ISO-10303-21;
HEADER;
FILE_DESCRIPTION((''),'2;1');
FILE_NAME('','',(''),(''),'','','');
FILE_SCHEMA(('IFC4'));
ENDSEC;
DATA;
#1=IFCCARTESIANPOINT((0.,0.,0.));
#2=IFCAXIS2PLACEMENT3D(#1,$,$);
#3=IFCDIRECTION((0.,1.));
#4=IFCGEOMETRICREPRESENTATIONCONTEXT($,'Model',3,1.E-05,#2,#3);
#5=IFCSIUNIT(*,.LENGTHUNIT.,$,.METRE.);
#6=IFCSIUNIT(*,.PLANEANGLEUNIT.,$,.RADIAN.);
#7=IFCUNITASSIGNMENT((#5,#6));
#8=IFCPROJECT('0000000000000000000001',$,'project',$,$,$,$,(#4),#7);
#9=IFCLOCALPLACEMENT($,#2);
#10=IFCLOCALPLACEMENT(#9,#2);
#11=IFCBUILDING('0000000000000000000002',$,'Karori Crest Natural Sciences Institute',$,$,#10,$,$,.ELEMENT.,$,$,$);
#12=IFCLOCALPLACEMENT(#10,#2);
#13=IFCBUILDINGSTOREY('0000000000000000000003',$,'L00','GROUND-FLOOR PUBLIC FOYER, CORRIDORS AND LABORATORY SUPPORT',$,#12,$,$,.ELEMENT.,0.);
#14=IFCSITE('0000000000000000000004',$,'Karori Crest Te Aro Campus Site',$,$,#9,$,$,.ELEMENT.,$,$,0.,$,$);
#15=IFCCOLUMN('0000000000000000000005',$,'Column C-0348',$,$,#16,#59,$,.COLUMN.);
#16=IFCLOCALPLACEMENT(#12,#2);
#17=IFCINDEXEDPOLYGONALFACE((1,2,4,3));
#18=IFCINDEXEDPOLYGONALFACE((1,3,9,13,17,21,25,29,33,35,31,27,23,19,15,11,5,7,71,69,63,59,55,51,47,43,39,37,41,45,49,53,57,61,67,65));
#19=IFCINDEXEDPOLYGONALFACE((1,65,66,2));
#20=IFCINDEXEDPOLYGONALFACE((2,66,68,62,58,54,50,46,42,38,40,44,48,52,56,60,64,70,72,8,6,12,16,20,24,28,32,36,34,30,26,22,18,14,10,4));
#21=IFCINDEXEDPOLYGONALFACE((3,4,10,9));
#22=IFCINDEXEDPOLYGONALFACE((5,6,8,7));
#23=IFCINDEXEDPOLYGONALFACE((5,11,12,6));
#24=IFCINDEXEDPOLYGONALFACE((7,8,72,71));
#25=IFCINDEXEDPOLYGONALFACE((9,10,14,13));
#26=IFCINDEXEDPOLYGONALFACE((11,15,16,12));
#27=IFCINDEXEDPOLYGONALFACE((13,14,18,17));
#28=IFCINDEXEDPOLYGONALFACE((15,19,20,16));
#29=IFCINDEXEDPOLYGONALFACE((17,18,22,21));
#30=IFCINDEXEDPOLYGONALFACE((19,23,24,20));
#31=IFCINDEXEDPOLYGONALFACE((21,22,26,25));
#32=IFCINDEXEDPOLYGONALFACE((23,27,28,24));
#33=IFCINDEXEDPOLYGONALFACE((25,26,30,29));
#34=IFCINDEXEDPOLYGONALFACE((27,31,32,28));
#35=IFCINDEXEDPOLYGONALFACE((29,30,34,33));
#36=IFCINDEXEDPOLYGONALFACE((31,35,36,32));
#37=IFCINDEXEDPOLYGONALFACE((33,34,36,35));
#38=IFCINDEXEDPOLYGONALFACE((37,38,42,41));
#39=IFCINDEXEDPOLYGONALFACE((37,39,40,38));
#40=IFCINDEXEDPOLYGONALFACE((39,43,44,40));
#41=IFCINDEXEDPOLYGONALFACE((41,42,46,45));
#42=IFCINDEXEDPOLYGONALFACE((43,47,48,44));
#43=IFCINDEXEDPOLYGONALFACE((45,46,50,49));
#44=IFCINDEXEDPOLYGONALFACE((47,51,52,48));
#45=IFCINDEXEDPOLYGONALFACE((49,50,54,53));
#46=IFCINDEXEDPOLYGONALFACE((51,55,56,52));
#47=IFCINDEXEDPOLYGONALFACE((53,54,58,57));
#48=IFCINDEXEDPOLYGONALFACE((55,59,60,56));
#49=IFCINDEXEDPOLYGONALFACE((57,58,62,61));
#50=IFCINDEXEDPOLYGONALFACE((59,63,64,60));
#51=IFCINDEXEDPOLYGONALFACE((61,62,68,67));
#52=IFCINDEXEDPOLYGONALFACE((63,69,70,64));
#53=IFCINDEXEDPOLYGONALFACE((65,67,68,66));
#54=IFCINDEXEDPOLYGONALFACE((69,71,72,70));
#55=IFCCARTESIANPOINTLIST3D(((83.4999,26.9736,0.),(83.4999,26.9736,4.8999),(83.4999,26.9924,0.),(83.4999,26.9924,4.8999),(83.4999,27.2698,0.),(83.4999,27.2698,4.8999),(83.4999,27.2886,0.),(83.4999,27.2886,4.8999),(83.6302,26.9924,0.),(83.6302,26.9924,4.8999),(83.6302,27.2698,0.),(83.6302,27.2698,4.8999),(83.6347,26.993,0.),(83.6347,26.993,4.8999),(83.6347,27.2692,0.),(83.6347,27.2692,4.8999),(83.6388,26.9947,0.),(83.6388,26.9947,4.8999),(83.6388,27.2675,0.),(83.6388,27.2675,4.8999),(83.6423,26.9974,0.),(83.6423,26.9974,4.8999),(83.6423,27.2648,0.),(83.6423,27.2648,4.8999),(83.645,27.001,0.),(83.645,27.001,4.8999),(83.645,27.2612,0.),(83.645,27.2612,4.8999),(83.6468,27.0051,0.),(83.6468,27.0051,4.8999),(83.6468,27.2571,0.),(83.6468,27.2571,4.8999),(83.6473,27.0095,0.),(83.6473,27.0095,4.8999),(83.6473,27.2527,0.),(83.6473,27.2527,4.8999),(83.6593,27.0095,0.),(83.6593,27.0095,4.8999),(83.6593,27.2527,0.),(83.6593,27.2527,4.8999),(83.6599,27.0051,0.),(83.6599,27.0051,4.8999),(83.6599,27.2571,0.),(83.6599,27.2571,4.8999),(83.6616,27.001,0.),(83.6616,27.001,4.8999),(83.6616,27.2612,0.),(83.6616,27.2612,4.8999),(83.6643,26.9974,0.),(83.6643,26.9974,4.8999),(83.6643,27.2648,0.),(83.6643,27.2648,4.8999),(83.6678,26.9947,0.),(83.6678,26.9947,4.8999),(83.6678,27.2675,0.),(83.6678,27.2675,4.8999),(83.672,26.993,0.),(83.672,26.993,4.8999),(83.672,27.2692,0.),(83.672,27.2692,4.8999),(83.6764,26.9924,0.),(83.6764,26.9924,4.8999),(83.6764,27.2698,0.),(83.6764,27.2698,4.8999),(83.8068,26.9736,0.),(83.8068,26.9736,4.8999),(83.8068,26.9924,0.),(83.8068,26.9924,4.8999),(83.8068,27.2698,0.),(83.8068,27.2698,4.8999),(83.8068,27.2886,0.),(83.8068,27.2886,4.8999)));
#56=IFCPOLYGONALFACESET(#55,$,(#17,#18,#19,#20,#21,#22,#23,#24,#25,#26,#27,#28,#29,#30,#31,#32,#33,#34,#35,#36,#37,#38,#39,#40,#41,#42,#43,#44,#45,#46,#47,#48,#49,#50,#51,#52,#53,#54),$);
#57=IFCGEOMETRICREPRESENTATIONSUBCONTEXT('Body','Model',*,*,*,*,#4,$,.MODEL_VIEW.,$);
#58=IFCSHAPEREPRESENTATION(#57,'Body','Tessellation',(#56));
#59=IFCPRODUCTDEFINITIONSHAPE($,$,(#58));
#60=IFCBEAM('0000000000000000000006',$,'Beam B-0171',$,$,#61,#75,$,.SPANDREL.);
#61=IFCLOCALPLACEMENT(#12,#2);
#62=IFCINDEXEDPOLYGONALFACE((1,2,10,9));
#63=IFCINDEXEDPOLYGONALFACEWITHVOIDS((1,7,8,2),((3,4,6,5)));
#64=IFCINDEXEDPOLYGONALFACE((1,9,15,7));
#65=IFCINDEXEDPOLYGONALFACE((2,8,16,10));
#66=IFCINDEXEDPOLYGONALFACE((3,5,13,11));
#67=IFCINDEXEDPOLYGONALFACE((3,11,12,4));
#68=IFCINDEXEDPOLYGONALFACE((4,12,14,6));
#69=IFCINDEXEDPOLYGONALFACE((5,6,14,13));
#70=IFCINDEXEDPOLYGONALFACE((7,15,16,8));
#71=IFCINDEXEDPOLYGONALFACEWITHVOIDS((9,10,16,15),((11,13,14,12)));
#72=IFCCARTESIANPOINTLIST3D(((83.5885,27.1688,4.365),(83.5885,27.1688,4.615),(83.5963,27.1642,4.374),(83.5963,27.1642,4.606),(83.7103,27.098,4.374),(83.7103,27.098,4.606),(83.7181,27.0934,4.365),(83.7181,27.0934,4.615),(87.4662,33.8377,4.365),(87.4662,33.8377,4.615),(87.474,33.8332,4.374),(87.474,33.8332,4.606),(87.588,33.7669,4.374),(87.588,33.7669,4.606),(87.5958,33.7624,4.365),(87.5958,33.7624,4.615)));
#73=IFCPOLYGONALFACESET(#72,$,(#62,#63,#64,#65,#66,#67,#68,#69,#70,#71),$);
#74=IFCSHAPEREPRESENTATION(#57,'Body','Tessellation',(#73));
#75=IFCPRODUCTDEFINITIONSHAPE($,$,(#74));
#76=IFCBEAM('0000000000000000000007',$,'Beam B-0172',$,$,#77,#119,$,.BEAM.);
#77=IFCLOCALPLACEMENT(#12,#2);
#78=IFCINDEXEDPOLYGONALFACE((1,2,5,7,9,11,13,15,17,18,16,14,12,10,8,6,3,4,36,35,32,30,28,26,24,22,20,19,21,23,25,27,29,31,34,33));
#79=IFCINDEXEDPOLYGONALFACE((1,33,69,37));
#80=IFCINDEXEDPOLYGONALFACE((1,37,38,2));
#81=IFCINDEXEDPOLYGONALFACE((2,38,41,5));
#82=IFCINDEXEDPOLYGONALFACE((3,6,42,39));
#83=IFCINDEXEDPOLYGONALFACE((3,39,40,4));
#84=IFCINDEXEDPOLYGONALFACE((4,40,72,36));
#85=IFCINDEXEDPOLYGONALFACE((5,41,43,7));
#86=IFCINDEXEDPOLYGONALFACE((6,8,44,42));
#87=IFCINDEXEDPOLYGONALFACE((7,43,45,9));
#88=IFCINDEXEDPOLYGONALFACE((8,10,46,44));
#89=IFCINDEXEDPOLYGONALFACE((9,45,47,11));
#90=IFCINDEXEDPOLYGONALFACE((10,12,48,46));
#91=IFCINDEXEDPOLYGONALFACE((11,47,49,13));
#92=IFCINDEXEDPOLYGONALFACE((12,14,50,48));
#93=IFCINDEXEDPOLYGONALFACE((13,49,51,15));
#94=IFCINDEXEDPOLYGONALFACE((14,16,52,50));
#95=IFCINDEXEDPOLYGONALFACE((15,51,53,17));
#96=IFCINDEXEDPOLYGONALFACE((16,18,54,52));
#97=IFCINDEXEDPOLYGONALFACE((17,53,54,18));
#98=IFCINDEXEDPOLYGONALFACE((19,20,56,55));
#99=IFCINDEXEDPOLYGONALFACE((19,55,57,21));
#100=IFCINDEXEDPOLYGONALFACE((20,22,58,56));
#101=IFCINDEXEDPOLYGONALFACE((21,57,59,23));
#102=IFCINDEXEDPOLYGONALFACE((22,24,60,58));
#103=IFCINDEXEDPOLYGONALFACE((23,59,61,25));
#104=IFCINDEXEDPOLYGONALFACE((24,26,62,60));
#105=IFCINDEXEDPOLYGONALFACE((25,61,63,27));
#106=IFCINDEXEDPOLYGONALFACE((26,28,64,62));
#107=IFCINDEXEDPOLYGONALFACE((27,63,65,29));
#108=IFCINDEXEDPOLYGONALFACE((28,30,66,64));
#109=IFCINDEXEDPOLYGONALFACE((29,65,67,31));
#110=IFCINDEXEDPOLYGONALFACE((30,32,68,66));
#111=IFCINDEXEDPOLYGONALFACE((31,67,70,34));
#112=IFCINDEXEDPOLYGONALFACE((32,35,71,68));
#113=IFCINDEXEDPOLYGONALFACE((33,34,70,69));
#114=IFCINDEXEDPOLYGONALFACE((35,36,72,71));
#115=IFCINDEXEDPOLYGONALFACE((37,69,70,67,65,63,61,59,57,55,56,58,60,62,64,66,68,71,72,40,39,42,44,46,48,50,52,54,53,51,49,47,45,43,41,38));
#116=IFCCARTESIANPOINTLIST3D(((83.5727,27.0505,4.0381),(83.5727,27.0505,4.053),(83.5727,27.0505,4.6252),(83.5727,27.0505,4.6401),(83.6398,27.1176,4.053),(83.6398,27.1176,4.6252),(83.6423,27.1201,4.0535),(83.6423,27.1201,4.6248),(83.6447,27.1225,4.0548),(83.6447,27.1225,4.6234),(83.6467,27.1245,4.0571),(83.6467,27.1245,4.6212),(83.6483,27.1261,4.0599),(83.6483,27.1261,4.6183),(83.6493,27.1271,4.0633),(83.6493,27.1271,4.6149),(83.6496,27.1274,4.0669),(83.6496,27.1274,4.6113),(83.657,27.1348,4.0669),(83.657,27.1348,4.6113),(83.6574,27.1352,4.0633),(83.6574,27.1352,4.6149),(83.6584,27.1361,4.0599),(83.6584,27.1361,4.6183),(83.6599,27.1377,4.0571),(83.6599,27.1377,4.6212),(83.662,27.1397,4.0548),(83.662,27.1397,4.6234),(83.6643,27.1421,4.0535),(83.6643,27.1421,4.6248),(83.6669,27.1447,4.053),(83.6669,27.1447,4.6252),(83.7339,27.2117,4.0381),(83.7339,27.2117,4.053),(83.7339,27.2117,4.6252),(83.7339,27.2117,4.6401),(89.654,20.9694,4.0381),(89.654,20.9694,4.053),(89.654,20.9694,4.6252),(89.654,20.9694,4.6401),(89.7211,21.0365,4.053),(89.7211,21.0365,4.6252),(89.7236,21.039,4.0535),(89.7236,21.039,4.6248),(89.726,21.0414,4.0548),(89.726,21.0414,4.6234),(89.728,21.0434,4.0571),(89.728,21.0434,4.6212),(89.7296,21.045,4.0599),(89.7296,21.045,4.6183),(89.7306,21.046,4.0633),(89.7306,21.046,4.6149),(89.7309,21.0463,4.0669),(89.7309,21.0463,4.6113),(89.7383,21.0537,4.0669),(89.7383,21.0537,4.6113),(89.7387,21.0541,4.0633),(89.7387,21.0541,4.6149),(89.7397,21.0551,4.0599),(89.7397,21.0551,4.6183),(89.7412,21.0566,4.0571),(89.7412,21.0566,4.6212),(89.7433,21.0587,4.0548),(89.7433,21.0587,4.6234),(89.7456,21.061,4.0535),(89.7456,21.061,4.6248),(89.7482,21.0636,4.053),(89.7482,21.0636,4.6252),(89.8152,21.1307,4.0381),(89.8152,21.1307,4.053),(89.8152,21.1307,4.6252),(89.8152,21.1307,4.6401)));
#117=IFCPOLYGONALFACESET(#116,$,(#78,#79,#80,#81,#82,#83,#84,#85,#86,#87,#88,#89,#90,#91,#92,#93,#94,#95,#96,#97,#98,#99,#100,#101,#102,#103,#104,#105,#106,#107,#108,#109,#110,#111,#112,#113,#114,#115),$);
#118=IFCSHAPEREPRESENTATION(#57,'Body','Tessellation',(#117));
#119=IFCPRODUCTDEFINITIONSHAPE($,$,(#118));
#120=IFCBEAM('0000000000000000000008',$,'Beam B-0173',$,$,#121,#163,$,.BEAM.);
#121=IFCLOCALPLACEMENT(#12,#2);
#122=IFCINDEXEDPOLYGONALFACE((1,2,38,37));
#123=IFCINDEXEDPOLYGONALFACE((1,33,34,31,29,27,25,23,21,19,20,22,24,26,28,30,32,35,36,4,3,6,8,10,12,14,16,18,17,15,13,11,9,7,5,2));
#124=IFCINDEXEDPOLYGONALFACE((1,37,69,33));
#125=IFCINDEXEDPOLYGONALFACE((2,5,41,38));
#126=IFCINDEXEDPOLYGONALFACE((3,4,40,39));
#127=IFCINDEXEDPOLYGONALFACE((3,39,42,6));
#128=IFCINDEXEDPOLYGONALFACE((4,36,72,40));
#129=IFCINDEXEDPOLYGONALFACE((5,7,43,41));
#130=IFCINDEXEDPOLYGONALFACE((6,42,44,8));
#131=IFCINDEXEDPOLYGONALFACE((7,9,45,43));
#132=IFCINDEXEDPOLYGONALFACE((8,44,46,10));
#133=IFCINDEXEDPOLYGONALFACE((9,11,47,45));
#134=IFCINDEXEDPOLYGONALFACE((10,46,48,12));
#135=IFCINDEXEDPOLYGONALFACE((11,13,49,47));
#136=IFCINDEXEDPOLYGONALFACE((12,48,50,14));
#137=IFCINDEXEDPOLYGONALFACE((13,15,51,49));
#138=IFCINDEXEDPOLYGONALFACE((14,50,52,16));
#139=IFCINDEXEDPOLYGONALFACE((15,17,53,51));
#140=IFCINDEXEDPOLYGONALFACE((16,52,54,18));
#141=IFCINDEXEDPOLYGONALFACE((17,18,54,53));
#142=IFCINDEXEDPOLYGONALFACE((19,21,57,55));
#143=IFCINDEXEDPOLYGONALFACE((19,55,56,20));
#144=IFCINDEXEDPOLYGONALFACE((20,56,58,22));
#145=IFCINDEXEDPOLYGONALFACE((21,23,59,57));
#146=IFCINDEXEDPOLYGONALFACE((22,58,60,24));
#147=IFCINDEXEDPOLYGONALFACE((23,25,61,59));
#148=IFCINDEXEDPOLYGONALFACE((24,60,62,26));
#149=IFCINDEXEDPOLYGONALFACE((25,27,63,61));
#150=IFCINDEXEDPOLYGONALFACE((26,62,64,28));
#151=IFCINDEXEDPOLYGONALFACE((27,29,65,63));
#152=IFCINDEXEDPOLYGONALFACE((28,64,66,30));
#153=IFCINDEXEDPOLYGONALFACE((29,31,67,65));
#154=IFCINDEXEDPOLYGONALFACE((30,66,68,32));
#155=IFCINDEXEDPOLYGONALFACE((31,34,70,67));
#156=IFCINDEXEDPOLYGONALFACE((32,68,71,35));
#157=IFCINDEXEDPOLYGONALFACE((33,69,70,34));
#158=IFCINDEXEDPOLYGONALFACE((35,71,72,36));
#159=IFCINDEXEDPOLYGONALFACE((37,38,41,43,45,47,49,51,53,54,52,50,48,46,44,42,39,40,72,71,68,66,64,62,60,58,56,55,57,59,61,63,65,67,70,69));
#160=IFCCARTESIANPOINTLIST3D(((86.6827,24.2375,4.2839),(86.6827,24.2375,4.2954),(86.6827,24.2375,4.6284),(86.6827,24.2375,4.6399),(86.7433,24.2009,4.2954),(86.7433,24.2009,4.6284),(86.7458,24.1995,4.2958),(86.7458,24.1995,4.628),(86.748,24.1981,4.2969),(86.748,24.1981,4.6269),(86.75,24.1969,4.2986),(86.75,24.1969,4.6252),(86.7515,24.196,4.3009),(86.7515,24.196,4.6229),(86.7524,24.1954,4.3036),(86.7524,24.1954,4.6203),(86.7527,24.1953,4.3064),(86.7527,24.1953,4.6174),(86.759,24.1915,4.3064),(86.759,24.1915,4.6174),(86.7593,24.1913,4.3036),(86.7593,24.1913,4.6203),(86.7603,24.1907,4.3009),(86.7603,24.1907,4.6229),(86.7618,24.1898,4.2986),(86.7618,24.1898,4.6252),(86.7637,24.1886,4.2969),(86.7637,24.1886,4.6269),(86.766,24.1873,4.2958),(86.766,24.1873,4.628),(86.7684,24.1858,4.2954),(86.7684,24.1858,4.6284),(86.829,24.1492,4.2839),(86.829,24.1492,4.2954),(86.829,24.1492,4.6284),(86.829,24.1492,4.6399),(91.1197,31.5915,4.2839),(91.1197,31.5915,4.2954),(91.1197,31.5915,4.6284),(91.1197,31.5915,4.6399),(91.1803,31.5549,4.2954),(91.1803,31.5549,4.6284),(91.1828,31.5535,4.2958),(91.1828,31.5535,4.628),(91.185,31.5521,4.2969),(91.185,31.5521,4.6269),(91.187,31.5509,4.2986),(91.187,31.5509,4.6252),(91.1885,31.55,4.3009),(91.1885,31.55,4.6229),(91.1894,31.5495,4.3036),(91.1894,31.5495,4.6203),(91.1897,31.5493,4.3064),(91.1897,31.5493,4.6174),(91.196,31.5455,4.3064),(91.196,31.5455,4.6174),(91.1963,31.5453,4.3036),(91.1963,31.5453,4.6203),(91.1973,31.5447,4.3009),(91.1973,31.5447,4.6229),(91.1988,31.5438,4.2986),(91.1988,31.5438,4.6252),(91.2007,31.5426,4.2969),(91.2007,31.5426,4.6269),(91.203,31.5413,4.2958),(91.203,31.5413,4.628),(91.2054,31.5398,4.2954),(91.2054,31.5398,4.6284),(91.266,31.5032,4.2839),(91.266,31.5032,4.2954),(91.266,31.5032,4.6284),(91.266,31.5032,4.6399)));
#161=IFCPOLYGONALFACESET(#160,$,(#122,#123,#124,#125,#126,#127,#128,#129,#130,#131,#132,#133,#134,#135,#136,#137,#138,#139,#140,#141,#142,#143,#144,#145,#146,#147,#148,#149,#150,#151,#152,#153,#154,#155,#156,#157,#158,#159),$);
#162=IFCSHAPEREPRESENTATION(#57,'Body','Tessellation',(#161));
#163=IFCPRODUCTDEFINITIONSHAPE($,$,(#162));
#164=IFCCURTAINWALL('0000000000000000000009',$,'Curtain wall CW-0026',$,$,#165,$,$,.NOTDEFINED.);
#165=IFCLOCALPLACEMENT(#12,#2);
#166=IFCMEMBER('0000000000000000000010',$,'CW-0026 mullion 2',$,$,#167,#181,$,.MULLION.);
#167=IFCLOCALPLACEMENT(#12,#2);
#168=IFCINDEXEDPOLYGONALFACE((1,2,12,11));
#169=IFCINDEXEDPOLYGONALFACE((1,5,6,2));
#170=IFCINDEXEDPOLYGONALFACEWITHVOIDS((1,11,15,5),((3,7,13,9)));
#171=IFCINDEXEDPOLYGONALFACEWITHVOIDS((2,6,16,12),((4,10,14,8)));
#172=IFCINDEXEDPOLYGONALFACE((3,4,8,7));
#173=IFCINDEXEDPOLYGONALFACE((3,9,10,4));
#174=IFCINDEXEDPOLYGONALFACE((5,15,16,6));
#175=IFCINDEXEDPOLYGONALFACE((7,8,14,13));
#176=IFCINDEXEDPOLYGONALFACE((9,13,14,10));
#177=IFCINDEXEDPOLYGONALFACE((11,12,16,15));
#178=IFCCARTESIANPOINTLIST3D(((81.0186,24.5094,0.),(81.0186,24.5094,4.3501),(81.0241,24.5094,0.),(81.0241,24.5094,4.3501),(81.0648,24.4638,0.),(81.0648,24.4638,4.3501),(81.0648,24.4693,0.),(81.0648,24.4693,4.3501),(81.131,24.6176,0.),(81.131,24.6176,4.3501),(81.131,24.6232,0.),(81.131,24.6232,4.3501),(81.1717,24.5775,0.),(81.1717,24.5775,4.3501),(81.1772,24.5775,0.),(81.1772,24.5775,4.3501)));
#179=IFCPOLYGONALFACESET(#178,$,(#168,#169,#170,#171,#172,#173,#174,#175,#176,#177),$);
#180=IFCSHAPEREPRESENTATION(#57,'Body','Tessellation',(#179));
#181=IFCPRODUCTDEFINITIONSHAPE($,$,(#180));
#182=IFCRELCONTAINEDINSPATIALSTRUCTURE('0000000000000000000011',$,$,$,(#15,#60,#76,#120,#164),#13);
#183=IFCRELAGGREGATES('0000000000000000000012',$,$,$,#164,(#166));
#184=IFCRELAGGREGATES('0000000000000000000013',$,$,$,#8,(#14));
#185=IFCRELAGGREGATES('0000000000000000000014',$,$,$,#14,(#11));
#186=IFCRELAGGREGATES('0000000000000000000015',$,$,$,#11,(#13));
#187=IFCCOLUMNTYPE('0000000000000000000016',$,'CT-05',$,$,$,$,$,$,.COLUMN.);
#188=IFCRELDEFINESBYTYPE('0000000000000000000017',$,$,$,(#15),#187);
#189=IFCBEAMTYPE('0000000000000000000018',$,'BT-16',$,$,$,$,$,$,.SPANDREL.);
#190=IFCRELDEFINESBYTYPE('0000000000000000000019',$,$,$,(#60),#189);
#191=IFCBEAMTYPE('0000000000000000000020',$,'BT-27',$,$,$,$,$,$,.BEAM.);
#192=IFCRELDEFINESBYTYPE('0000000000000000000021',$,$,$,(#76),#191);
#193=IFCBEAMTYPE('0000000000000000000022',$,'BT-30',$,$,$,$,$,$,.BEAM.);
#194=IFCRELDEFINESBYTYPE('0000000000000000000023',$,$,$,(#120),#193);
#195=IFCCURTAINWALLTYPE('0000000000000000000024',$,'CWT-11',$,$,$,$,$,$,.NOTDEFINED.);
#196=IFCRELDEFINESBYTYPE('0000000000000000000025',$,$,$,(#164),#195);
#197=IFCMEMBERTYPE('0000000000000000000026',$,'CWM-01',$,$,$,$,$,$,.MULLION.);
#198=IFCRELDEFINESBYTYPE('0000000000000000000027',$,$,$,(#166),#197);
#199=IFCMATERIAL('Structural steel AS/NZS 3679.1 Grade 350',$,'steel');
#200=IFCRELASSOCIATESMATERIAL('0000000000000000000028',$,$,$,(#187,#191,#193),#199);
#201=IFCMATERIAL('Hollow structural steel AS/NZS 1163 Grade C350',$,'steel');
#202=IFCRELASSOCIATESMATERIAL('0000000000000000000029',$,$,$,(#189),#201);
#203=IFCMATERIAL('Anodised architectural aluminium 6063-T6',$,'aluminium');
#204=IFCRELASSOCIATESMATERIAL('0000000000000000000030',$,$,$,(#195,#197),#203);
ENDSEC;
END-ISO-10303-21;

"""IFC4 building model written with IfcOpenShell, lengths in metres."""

from ifc_helpers import new_model, si_unit, direction, frame, origin, origin_2d, place, context, subcontext, project, spatial, hollow_rectangle, i_section, extrude, material, material_profile, profile_set, type_object, element, aggregate, save


model = new_model("IFC4")

# Units and contexts
model_context = context("Model", 3, precision=1e-05, world=origin(), true_north=direction((0.0, 1.0)))
body_context = subcontext(model_context, "Body", "Model", "MODEL_VIEW")
ifc_project = project(units=[si_unit("LENGTHUNIT", "METRE"), si_unit("PLANEANGLEUNIT", "RADIAN")], contexts=[model_context])

# Site, building, storey
site_placement = place(None, origin())
site = spatial("IfcSite", under=ifc_project, at=site_placement, Name="Karori Crest Te Aro Campus Site", CompositionType="ELEMENT", RefElevation=0.0)
building_placement = place(site_placement, origin())
building = spatial("IfcBuilding", under=site, at=building_placement, Name="Karori Crest Natural Sciences Institute", CompositionType="ELEMENT")
storey_placement = place(building_placement, origin())
storey = spatial("IfcBuildingStorey", under=building, at=storey_placement, Name="L00", Description="GROUND-FLOOR PUBLIC FOYER, CORRIDORS AND LABORATORY SUPPORT", CompositionType="ELEMENT", Elevation=0.0)

# Column
ifc_material_1 = material(Name="Structural steel AS/NZS 3679.1 Grade 350", Category="steel")
ifc_material_profile_1 = material_profile(ifc_material_1, i_section(OverallWidth=0.3069, OverallDepth=0.3149, WebThickness=0.012, FlangeThickness=0.0188, FilletRadius=0.0171, at=origin_2d()), Name="310UC118")
ifc_profile_set_1 = profile_set([ifc_material_profile_1], Name="Structural steel AS/NZS 3679.1 Grade 350")
column_type = type_object("IfcColumnType", Name="CT-05", PredefinedType="COLUMN", material=ifc_profile_set_1)
column_placement = place(storey_placement, frame((83.6533, 27.1311, 0.0), z_axis=(0.0, 0.0, 1.0), x_axis=(1.0, 0.0, 0.0)))
element("IfcColumn", 1, at=column_placement, inside=storey, type_object=column_type, Name="Column C-0348", PredefinedType="COLUMN", context=body_context, shape_type="SweptSolid", body=[
    extrude(i_section(OverallWidth=0.3069, OverallDepth=0.3149, WebThickness=0.012, FlangeThickness=0.0188, FilletRadius=0.0171, at=origin_2d()), origin(), (0.0, 0.0, 1.0), 4.8999),
])

# Beams
ifc_material_2 = material(Name="Hollow structural steel AS/NZS 1163 Grade C350", Category="steel")
ifc_material_profile_2 = material_profile(ifc_material_2, hollow_rectangle(XDim=0.1499, YDim=0.25, WallThickness=0.009, at=origin_2d()), Name="RHS250x150x9")
ifc_profile_set_2 = profile_set([ifc_material_profile_2], Name="Hollow structural steel AS/NZS 1163 Grade C350")
beam_type_1 = type_object("IfcBeamType", Name="BT-16", PredefinedType="SPANDREL", material=ifc_profile_set_2)
beam_1_placement = place(storey_placement, frame((83.6533, 27.1311, 4.49), z_axis=(0.502658, 0.864485, 0.0), x_axis=(-0.864485, 0.502658, 0.0)))
element("IfcBeam", 2, at=beam_1_placement, inside=storey, type_object=beam_type_1, Name="Beam B-0171", PredefinedType="SPANDREL", context=body_context, shape_type="SweptSolid", body=[
    extrude(hollow_rectangle(XDim=0.1499, YDim=0.25, WallThickness=0.009, at=origin_2d()), origin(), (0.0, 0.0, 1.0), 7.7144),
])
ifc_material_profile_3 = material_profile(ifc_material_1, i_section(OverallWidth=0.228, OverallDepth=0.6021, WebThickness=0.0105, FlangeThickness=0.0149, FilletRadius=0.0139, at=origin_2d()), Name="610UB101")
ifc_profile_set_3 = profile_set([ifc_material_profile_3], Name="Structural steel AS/NZS 3679.1 Grade 350")
beam_type_2 = type_object("IfcBeamType", Name="BT-27", PredefinedType="BEAM", material=ifc_profile_set_3)
beam_2_placement = place(storey_placement, frame((83.6533, 27.1311, 4.3391), z_axis=(0.707121, -0.707093, 0.0), x_axis=(0.707093, 0.707121, 0.0)))
element("IfcBeam", 3, at=beam_2_placement, inside=storey, type_object=beam_type_2, Name="Beam B-0172", PredefinedType="BEAM", context=body_context, shape_type="SweptSolid", body=[
    extrude(i_section(OverallWidth=0.228, OverallDepth=0.6021, WebThickness=0.0105, FlangeThickness=0.0149, FilletRadius=0.0139, at=origin_2d()), origin(), (0.0, 0.0, 1.0), 8.6001),
])
ifc_material_profile_4 = material_profile(ifc_material_1, i_section(OverallWidth=0.1709, OverallDepth=0.356, WebThickness=0.0073, FlangeThickness=0.0115, FilletRadius=0.011, at=origin_2d()), Name="360UB50.7")
ifc_profile_set_4 = profile_set([ifc_material_profile_4], Name="Structural steel AS/NZS 3679.1 Grade 350")
beam_type_3 = type_object("IfcBeamType", Name="BT-30", PredefinedType="BEAM", material=ifc_profile_set_4)
beam_3_placement = place(storey_placement, frame((86.7559, 24.1934, 4.4619), z_axis=(0.516601, 0.856226, 0.0), x_axis=(-0.856226, 0.516601, 0.0)))
element("IfcBeam", 4, at=beam_3_placement, inside=storey, type_object=beam_type_3, Name="Beam B-0173", PredefinedType="BEAM", context=body_context, shape_type="SweptSolid", body=[
    extrude(i_section(OverallWidth=0.1709, OverallDepth=0.356, WebThickness=0.0073, FlangeThickness=0.0115, FilletRadius=0.011, at=origin_2d()), origin(), (0.0, 0.0, 1.0), 8.5889),
])

# Curtain wall, member
ifc_material_3 = material(Name="Anodised architectural aluminium 6063-T6", Category="aluminium")
curtain_wall_type_1 = type_object("IfcCurtainWallType", Name="CWT-11", PredefinedType="NOTDEFINED", material=ifc_material_3)
curtain_wall_1_placement = place(storey_placement, origin())
curtain_wall_1 = element("IfcCurtainWall", 5, at=curtain_wall_1_placement, inside=storey, type_object=curtain_wall_type_1, Name="Curtain wall CW-0026", PredefinedType="NOTDEFINED")
ifc_material_profile_5 = material_profile(ifc_material_3, hollow_rectangle(XDim=0.0649, YDim=0.1599, WallThickness=0.0039, at=origin_2d()), Name="CWM160x65x4")
ifc_profile_set_5 = profile_set([ifc_material_profile_5], Name="Anodised architectural aluminium 6063-T6")
member_type_1 = type_object("IfcMemberType", Name="CWM-01", PredefinedType="MULLION", material=ifc_profile_set_5)
member_1_placement = place(storey_placement, frame((81.0979, 24.5435, 0.0), z_axis=(0.0, 0.0, 1.0), x_axis=(-0.711529, 0.702656, 0.0)))
member_1 = element("IfcMember", 6, at=member_1_placement, type_object=member_type_1, Name="CW-0026 mullion 2", PredefinedType="MULLION", context=body_context, shape_type="SweptSolid", body=[
    extrude(hollow_rectangle(XDim=0.0649, YDim=0.1599, WallThickness=0.0039, at=origin_2d()), origin(), (0.0, 0.0, 1.0), 4.3501),
])

aggregate(curtain_wall_1, [member_1])

save(model, "model.ifc")
